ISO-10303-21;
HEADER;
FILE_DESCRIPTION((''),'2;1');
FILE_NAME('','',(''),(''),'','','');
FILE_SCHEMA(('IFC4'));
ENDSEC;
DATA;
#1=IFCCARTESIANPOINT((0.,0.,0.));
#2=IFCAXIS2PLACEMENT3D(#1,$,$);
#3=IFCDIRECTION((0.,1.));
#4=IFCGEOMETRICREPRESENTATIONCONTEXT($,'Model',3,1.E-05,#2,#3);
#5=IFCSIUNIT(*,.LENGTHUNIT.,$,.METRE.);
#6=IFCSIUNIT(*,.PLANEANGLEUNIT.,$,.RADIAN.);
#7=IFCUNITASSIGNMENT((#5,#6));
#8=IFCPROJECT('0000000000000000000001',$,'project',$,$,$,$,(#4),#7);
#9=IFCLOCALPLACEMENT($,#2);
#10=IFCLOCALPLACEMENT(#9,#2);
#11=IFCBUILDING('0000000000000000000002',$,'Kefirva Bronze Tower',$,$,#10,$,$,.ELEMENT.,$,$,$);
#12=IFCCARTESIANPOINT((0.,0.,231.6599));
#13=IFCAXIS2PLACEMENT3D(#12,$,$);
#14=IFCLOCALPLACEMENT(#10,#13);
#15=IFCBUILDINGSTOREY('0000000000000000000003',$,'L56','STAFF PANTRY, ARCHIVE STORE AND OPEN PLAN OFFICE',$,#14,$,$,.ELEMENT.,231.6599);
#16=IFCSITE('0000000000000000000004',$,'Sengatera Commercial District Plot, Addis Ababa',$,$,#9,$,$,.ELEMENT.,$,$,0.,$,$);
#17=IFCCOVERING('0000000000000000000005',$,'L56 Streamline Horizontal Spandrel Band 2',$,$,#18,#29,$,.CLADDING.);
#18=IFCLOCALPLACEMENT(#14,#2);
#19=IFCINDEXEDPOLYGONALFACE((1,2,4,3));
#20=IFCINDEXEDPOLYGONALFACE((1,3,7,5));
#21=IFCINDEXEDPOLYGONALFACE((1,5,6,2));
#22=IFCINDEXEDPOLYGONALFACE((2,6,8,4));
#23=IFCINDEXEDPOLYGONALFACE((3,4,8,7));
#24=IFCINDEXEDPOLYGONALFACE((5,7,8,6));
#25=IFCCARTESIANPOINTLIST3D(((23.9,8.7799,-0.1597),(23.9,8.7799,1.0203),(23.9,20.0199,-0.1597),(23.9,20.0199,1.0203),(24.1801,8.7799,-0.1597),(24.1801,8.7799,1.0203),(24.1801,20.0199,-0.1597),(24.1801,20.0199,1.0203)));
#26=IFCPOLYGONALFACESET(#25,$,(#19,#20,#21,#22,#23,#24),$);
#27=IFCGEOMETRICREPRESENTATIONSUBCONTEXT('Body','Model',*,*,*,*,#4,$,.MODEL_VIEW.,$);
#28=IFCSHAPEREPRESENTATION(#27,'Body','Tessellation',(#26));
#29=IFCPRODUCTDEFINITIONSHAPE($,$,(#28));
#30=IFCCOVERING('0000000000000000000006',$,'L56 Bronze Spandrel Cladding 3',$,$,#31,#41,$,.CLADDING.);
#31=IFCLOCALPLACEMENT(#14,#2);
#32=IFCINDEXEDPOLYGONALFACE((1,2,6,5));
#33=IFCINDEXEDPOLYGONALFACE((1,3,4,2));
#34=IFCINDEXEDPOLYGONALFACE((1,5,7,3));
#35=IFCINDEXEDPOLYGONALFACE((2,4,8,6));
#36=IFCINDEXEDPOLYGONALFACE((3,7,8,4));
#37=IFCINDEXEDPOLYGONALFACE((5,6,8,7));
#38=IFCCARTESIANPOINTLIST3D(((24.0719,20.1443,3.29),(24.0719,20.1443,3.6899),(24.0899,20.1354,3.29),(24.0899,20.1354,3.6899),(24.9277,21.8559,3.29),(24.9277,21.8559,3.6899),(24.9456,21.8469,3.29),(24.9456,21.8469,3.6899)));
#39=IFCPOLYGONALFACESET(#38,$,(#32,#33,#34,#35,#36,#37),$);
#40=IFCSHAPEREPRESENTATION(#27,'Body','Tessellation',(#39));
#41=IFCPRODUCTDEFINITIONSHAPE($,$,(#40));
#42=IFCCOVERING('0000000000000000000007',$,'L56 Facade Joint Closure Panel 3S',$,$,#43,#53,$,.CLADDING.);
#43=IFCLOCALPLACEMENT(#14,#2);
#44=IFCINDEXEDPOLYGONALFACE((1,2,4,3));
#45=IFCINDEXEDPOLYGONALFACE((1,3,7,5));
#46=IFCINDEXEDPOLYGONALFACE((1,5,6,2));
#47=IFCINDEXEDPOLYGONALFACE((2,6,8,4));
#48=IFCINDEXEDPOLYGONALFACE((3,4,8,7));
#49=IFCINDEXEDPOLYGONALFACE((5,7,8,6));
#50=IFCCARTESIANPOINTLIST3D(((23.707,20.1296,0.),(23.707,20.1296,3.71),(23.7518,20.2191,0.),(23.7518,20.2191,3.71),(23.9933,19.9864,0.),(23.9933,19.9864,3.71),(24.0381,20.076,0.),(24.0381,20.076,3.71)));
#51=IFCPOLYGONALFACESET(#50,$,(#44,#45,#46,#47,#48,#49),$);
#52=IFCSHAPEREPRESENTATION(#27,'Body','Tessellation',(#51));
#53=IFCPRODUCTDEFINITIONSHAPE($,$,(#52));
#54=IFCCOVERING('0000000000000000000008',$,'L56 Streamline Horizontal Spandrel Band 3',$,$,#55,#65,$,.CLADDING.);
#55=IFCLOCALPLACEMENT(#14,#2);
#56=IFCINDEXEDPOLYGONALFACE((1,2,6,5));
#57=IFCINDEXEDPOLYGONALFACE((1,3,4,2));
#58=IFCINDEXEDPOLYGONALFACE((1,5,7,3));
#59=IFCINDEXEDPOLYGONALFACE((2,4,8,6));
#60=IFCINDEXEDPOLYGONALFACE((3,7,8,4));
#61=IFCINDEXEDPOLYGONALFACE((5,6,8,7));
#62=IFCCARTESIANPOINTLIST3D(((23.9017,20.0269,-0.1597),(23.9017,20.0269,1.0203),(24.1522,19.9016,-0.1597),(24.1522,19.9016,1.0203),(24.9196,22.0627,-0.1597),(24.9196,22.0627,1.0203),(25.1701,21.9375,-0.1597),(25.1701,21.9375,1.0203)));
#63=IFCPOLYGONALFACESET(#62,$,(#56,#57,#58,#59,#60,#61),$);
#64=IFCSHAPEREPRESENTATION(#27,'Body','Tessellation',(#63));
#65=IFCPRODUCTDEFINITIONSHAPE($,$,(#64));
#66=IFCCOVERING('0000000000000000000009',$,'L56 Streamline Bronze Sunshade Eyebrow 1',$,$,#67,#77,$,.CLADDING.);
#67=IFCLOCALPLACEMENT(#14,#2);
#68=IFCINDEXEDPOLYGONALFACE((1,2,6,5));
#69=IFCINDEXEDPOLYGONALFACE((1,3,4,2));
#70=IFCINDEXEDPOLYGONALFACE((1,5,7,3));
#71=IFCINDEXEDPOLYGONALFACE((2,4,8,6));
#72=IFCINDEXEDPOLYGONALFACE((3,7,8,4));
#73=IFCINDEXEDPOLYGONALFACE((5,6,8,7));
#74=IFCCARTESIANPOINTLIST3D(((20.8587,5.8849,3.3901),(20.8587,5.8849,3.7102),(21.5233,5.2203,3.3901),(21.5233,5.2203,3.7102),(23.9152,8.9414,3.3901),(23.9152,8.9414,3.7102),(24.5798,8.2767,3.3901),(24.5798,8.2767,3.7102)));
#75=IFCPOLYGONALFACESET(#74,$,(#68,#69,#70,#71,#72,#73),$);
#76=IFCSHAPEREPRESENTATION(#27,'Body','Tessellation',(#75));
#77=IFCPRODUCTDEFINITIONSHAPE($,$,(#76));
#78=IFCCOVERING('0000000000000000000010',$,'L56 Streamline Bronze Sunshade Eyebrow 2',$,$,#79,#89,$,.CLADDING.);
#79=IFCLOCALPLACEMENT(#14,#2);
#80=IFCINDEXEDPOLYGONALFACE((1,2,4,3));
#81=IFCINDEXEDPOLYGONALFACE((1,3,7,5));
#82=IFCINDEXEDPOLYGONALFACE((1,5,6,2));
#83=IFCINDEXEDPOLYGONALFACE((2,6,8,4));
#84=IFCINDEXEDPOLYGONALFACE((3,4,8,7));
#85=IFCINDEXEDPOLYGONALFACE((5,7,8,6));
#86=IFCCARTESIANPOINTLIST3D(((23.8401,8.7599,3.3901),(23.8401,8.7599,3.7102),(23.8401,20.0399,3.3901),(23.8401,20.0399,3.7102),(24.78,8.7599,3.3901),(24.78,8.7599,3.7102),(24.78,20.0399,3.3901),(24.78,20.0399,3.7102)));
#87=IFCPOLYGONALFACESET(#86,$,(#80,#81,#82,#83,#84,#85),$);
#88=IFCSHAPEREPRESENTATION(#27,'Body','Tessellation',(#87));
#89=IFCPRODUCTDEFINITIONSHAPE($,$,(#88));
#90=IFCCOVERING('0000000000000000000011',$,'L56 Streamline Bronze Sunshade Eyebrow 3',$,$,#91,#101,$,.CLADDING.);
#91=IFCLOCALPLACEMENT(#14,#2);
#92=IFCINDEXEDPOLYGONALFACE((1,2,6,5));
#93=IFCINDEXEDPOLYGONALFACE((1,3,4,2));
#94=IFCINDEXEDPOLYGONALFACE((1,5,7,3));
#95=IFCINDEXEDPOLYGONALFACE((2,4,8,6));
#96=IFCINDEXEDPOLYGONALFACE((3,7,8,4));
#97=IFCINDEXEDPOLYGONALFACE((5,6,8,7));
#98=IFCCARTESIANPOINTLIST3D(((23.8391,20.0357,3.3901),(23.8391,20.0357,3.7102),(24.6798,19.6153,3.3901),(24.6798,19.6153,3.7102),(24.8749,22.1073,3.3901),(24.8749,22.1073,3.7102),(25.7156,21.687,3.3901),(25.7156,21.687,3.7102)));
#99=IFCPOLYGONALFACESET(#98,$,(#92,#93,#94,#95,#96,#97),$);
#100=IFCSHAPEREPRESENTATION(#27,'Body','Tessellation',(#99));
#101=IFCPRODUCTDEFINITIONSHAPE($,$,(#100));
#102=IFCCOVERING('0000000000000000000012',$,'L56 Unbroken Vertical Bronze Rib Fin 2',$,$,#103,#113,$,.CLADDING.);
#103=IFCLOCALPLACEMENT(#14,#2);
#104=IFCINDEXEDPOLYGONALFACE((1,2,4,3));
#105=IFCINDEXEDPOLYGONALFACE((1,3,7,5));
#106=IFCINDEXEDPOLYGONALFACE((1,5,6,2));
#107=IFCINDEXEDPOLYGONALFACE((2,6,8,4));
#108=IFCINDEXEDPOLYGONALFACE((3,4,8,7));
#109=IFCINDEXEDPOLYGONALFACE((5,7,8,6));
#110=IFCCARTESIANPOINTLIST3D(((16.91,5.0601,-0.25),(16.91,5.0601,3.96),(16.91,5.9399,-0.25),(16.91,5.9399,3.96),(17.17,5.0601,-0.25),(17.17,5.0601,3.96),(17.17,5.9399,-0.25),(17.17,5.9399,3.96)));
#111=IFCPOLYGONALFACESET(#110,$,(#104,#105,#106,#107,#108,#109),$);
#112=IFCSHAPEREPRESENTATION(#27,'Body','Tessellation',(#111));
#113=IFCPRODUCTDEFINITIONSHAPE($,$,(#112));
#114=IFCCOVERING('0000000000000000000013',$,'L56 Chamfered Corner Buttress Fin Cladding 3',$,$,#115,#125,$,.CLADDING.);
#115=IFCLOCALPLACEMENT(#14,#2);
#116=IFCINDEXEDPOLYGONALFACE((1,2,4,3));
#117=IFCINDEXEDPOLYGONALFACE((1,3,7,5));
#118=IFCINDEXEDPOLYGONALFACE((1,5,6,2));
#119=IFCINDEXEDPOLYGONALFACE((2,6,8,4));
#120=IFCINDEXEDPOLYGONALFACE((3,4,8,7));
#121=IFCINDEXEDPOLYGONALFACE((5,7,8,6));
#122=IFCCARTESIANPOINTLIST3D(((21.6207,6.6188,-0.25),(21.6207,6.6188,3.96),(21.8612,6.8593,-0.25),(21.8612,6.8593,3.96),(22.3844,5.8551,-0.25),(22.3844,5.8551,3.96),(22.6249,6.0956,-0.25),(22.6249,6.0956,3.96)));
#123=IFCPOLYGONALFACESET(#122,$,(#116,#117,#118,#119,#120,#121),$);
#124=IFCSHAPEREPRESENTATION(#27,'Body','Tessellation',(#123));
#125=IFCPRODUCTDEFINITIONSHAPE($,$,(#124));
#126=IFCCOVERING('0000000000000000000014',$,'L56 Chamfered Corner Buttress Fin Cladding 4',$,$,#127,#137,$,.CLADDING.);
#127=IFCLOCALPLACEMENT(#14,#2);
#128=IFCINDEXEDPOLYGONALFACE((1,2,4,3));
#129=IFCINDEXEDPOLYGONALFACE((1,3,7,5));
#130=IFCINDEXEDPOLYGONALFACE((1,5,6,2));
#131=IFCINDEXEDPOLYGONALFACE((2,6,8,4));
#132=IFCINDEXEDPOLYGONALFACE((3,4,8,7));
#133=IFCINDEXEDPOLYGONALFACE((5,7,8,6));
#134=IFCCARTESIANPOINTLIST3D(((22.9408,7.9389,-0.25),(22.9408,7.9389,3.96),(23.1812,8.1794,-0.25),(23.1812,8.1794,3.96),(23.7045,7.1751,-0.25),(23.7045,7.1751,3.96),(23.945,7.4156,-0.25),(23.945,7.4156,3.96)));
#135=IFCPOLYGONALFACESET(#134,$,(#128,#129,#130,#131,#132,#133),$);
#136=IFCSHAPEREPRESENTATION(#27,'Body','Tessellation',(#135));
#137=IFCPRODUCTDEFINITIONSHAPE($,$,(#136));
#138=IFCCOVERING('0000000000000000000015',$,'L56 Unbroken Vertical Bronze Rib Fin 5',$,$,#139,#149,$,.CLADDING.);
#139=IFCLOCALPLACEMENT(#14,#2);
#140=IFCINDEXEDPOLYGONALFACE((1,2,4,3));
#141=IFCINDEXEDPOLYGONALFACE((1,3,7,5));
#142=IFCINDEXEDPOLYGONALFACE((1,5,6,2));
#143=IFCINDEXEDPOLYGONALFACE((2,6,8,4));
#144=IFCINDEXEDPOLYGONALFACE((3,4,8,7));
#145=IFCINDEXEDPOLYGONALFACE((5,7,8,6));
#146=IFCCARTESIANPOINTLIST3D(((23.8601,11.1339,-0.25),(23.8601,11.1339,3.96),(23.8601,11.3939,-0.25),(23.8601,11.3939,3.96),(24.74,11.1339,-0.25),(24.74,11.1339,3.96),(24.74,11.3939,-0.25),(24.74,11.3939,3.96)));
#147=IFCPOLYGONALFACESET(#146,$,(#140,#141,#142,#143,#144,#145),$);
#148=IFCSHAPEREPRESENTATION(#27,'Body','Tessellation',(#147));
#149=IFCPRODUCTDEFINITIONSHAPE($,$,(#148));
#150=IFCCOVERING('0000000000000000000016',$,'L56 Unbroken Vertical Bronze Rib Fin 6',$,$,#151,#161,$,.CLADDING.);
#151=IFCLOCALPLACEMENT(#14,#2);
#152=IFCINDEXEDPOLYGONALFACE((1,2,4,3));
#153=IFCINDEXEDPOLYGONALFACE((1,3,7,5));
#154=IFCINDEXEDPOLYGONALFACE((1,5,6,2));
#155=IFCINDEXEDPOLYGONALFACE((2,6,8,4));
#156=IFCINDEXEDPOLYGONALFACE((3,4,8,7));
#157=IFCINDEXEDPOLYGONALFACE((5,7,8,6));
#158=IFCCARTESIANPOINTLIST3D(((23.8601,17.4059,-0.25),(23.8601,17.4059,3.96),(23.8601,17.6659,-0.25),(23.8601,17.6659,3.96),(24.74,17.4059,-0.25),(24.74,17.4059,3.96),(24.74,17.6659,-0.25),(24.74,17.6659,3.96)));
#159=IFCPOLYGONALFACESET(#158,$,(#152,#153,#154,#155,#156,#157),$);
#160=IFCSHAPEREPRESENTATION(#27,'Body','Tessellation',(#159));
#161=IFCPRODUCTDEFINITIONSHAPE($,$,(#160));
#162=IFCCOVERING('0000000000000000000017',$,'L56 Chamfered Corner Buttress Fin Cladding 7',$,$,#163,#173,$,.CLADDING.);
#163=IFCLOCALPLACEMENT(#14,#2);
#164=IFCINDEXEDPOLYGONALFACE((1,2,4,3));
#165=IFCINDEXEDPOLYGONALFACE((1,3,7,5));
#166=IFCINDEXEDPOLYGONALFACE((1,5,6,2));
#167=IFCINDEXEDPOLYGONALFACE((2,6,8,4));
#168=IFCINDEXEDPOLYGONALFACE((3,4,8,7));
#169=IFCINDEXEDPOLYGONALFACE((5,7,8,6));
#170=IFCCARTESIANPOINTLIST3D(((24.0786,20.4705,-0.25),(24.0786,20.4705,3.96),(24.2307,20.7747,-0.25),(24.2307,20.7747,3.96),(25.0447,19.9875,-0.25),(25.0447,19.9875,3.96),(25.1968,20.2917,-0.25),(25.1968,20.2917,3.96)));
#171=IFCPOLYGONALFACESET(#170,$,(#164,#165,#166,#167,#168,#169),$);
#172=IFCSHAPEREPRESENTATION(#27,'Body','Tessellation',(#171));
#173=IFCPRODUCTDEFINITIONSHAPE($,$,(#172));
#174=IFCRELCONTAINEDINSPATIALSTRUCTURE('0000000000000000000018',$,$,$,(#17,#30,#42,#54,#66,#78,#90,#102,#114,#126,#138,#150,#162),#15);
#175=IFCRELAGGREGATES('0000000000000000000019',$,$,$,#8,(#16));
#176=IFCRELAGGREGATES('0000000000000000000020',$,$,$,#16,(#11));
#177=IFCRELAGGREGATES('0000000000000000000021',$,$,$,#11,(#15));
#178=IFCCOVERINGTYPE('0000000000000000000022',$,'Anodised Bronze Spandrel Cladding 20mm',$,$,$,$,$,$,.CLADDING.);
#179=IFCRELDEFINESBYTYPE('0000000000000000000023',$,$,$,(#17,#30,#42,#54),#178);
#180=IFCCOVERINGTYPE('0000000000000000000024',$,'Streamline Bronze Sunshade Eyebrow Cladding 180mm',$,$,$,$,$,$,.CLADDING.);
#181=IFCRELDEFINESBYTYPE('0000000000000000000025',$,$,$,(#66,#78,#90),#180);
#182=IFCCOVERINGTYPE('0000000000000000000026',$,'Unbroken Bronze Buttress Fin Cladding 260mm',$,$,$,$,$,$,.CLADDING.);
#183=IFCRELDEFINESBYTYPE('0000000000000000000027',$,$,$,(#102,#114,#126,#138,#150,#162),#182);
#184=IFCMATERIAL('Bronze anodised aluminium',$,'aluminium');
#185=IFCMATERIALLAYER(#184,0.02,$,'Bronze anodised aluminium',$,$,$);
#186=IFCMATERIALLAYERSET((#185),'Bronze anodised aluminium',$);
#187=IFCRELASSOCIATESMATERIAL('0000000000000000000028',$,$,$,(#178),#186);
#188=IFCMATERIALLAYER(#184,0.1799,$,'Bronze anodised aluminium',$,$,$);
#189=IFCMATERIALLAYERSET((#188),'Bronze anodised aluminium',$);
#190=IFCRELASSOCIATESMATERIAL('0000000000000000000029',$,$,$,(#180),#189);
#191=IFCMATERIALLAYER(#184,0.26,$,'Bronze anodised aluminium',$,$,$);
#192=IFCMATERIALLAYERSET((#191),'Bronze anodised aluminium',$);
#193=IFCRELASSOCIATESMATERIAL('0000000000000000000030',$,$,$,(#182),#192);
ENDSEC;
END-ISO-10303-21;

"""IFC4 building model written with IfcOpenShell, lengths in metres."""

from ifc_helpers import new_model, si_unit, direction, frame, origin, origin_2d, place, context, subcontext, project, spatial, rectangle, extrude, material, layer, layer_set, type_object, element, save


model = new_model("IFC4")

# Units and contexts
model_context = context("Model", 3, precision=1e-05, world=origin(), true_north=direction((0.0, 1.0)))
body_context = subcontext(model_context, "Body", "Model", "MODEL_VIEW")
ifc_project = project(units=[si_unit("LENGTHUNIT", "METRE"), si_unit("PLANEANGLEUNIT", "RADIAN")], contexts=[model_context])

# Site, building, storey
site_placement = place(None, origin())
site = spatial("IfcSite", under=ifc_project, at=site_placement, Name="Sengatera Commercial District Plot, Addis Ababa", CompositionType="ELEMENT", RefElevation=0.0)
building_placement = place(site_placement, origin())
building = spatial("IfcBuilding", under=site, at=building_placement, Name="Kefirva Bronze Tower", CompositionType="ELEMENT")
storey_placement = place(building_placement, frame((0.0, 0.0, 231.6599)))
storey = spatial("IfcBuildingStorey", under=building, at=storey_placement, Name="L56", Description="STAFF PANTRY, ARCHIVE STORE AND OPEN PLAN OFFICE", CompositionType="ELEMENT", Elevation=231.6599)

# Shared definitions
ifc_material_1 = material(Name="Bronze anodised aluminium", Category="aluminium")

# Coverings
ifc_layer_1 = layer(ifc_material_1, 0.02, Name="Bronze anodised aluminium")
ifc_layer_set_1 = layer_set([ifc_layer_1], Name="Bronze anodised aluminium")
covering_type_1 = type_object("IfcCoveringType", Name="Anodised Bronze Spandrel Cladding 20mm", PredefinedType="CLADDING", material=ifc_layer_set_1)
covering_1_placement = place(storey_placement, frame((24.04, 14.3999, -0.1597), z_axis=(0.0, 0.0, 1.0), x_axis=(0.0, 1.0, 0.0)))
element("IfcCovering", 1, at=covering_1_placement, inside=storey, type_object=covering_type_1, Name="L56 Streamline Horizontal Spandrel Band 2", PredefinedType="CLADDING", context=body_context, shape_type="SweptSolid", body=[
    extrude(rectangle(XDim=11.24, YDim=0.28, at=origin_2d()), origin(), (0.0, 0.0, 1.0), 1.1799),
])
covering_2_placement = place(storey_placement, frame((24.5088, 20.9956, 3.29), z_axis=(0.0, 0.0, 1.0), x_axis=(0.447214, 0.894427, 0.0)))
element("IfcCovering", 2, at=covering_2_placement, inside=storey, type_object=covering_type_1, Name="L56 Bronze Spandrel Cladding 3", PredefinedType="CLADDING", context=body_context, shape_type="SweptSolid", body=[
    extrude(rectangle(XDim=1.9136, YDim=0.02, at=origin_2d()), origin(), (0.0, 0.0, 1.0), 0.3999),
])
covering_3_placement = place(storey_placement, frame((23.8726, 20.1028, 0.0), z_axis=(0.0, 0.0, 1.0), x_axis=(0.447214, 0.894427, 0.0)))
element("IfcCovering", 3, at=covering_3_placement, inside=storey, type_object=covering_type_1, Name="L56 Facade Joint Closure Panel 3S", PredefinedType="CLADDING", context=body_context, shape_type="SweptSolid", body=[
    extrude(rectangle(XDim=0.1001, YDim=0.3201, at=origin_2d()), origin(), (0.0, 0.0, 1.0), 3.71),
])
covering_4_placement = place(storey_placement, frame((24.5359, 20.9822, -0.1597), z_axis=(0.0, 0.0, 1.0), x_axis=(0.447214, 0.894427, 0.0)))
element("IfcCovering", 4, at=covering_4_placement, inside=storey, type_object=covering_type_1, Name="L56 Streamline Horizontal Spandrel Band 3", PredefinedType="CLADDING", context=body_context, shape_type="SweptSolid", body=[
    extrude(rectangle(XDim=2.2761, YDim=0.28, at=origin_2d()), origin(), (0.0, 0.0, 1.0), 1.1799),
])
ifc_layer_2 = layer(ifc_material_1, 0.1799, Name="Bronze anodised aluminium")
ifc_layer_set_2 = layer_set([ifc_layer_2], Name="Bronze anodised aluminium")
covering_type_2 = type_object("IfcCoveringType", Name="Streamline Bronze Sunshade Eyebrow Cladding 180mm", PredefinedType="CLADDING", material=ifc_layer_set_2)
covering_5_placement = place(storey_placement, frame((22.7192, 7.0808, 3.3901), z_axis=(0.0, 0.0, 1.0), x_axis=(0.707107, 0.707107, 0.0)))
element("IfcCovering", 5, at=covering_5_placement, inside=storey, type_object=covering_type_2, Name="L56 Streamline Bronze Sunshade Eyebrow 1", PredefinedType="CLADDING", context=body_context, shape_type="SweptSolid", body=[
    extrude(rectangle(XDim=4.3225, YDim=0.9399, at=origin_2d()), origin(), (0.0, 0.0, 1.0), 0.3201),
])
covering_6_placement = place(storey_placement, frame((24.3101, 14.3999, 3.3901), z_axis=(0.0, 0.0, 1.0), x_axis=(0.0, 1.0, 0.0)))
element("IfcCovering", 6, at=covering_6_placement, inside=storey, type_object=covering_type_2, Name="L56 Streamline Bronze Sunshade Eyebrow 2", PredefinedType="CLADDING", context=body_context, shape_type="SweptSolid", body=[
    extrude(rectangle(XDim=11.28, YDim=0.9399, at=origin_2d()), origin(), (0.0, 0.0, 1.0), 0.3201),
])
covering_7_placement = place(storey_placement, frame((24.7773, 20.8613, 3.3901), z_axis=(0.0, 0.0, 1.0), x_axis=(0.447214, 0.894427, 0.0)))
element("IfcCovering", 7, at=covering_7_placement, inside=storey, type_object=covering_type_2, Name="L56 Streamline Bronze Sunshade Eyebrow 3", PredefinedType="CLADDING", context=body_context, shape_type="SweptSolid", body=[
    extrude(rectangle(XDim=2.3162, YDim=0.9399, at=origin_2d()), origin(), (0.0, 0.0, 1.0), 0.3201),
])
ifc_layer_3 = layer(ifc_material_1, 0.26, Name="Bronze anodised aluminium")
ifc_layer_set_3 = layer_set([ifc_layer_3], Name="Bronze anodised aluminium")
covering_type_3 = type_object("IfcCoveringType", Name="Unbroken Bronze Buttress Fin Cladding 260mm", PredefinedType="CLADDING", material=ifc_layer_set_3)
covering_8_placement = place(storey_placement, frame((17.04, 5.5, -0.25), z_axis=(0.0, 0.0, 1.0), x_axis=(1.0, 0.0, 0.0)))
element("IfcCovering", 8, at=covering_8_placement, inside=storey, type_object=covering_type_3, Name="L56 Unbroken Vertical Bronze Rib Fin 2", PredefinedType="CLADDING", context=body_context, shape_type="SweptSolid", body=[
    extrude(rectangle(XDim=0.26, YDim=0.8799, at=origin_2d()), origin(), (0.0, 0.0, 1.0), 4.21),
])
for number, where, z_axis, x_axis, name in (
    (9, (22.1228, 6.3572, -0.25), (0.0, 0.0, 1.0), (0.707107, 0.707107, 0.0), "L56 Chamfered Corner Buttress Fin Cladding 3"),
    (10, (23.4429, 7.6772, -0.25), (0.0, 0.0, 1.0), (0.707107, 0.707107, 0.0), "L56 Chamfered Corner Buttress Fin Cladding 4"),
):
    element("IfcCovering", number, at=place(storey_placement, frame(where, z_axis=z_axis, x_axis=x_axis)), inside=storey, type_object=covering_type_3, Name=name, PredefinedType="CLADDING", context=body_context, shape_type="SweptSolid", body=[
        extrude(rectangle(XDim=0.3401, YDim=1.0801, at=origin_2d()), origin(), (0.0, 0.0, 1.0), 4.21),
    ])
for number, where, z_axis, x_axis, name in (
    (11, (24.3, 11.2639, -0.25), (0.0, 0.0, 1.0), (0.0, 1.0, 0.0), "L56 Unbroken Vertical Bronze Rib Fin 5"),
    (12, (24.3, 17.5359, -0.25), (0.0, 0.0, 1.0), (0.0, 1.0, 0.0), "L56 Unbroken Vertical Bronze Rib Fin 6"),
):
    element("IfcCovering", number, at=place(storey_placement, frame(where, z_axis=z_axis, x_axis=x_axis)), inside=storey, type_object=covering_type_3, Name=name, PredefinedType="CLADDING", context=body_context, shape_type="SweptSolid", body=[
        extrude(rectangle(XDim=0.26, YDim=0.8799, at=origin_2d()), origin(), (0.0, 0.0, 1.0), 4.21),
    ])
covering_9_placement = place(storey_placement, frame((24.6377, 20.3811, -0.25), z_axis=(0.0, 0.0, 1.0), x_axis=(0.447214, 0.894427, 0.0)))
element("IfcCovering", 13, at=covering_9_placement, inside=storey, type_object=covering_type_3, Name="L56 Chamfered Corner Buttress Fin Cladding 7", PredefinedType="CLADDING", context=body_context, shape_type="SweptSolid", body=[
    extrude(rectangle(XDim=0.3401, YDim=1.0801, at=origin_2d()), origin(), (0.0, 0.0, 1.0), 4.21),
])

save(model, "model.ifc")
